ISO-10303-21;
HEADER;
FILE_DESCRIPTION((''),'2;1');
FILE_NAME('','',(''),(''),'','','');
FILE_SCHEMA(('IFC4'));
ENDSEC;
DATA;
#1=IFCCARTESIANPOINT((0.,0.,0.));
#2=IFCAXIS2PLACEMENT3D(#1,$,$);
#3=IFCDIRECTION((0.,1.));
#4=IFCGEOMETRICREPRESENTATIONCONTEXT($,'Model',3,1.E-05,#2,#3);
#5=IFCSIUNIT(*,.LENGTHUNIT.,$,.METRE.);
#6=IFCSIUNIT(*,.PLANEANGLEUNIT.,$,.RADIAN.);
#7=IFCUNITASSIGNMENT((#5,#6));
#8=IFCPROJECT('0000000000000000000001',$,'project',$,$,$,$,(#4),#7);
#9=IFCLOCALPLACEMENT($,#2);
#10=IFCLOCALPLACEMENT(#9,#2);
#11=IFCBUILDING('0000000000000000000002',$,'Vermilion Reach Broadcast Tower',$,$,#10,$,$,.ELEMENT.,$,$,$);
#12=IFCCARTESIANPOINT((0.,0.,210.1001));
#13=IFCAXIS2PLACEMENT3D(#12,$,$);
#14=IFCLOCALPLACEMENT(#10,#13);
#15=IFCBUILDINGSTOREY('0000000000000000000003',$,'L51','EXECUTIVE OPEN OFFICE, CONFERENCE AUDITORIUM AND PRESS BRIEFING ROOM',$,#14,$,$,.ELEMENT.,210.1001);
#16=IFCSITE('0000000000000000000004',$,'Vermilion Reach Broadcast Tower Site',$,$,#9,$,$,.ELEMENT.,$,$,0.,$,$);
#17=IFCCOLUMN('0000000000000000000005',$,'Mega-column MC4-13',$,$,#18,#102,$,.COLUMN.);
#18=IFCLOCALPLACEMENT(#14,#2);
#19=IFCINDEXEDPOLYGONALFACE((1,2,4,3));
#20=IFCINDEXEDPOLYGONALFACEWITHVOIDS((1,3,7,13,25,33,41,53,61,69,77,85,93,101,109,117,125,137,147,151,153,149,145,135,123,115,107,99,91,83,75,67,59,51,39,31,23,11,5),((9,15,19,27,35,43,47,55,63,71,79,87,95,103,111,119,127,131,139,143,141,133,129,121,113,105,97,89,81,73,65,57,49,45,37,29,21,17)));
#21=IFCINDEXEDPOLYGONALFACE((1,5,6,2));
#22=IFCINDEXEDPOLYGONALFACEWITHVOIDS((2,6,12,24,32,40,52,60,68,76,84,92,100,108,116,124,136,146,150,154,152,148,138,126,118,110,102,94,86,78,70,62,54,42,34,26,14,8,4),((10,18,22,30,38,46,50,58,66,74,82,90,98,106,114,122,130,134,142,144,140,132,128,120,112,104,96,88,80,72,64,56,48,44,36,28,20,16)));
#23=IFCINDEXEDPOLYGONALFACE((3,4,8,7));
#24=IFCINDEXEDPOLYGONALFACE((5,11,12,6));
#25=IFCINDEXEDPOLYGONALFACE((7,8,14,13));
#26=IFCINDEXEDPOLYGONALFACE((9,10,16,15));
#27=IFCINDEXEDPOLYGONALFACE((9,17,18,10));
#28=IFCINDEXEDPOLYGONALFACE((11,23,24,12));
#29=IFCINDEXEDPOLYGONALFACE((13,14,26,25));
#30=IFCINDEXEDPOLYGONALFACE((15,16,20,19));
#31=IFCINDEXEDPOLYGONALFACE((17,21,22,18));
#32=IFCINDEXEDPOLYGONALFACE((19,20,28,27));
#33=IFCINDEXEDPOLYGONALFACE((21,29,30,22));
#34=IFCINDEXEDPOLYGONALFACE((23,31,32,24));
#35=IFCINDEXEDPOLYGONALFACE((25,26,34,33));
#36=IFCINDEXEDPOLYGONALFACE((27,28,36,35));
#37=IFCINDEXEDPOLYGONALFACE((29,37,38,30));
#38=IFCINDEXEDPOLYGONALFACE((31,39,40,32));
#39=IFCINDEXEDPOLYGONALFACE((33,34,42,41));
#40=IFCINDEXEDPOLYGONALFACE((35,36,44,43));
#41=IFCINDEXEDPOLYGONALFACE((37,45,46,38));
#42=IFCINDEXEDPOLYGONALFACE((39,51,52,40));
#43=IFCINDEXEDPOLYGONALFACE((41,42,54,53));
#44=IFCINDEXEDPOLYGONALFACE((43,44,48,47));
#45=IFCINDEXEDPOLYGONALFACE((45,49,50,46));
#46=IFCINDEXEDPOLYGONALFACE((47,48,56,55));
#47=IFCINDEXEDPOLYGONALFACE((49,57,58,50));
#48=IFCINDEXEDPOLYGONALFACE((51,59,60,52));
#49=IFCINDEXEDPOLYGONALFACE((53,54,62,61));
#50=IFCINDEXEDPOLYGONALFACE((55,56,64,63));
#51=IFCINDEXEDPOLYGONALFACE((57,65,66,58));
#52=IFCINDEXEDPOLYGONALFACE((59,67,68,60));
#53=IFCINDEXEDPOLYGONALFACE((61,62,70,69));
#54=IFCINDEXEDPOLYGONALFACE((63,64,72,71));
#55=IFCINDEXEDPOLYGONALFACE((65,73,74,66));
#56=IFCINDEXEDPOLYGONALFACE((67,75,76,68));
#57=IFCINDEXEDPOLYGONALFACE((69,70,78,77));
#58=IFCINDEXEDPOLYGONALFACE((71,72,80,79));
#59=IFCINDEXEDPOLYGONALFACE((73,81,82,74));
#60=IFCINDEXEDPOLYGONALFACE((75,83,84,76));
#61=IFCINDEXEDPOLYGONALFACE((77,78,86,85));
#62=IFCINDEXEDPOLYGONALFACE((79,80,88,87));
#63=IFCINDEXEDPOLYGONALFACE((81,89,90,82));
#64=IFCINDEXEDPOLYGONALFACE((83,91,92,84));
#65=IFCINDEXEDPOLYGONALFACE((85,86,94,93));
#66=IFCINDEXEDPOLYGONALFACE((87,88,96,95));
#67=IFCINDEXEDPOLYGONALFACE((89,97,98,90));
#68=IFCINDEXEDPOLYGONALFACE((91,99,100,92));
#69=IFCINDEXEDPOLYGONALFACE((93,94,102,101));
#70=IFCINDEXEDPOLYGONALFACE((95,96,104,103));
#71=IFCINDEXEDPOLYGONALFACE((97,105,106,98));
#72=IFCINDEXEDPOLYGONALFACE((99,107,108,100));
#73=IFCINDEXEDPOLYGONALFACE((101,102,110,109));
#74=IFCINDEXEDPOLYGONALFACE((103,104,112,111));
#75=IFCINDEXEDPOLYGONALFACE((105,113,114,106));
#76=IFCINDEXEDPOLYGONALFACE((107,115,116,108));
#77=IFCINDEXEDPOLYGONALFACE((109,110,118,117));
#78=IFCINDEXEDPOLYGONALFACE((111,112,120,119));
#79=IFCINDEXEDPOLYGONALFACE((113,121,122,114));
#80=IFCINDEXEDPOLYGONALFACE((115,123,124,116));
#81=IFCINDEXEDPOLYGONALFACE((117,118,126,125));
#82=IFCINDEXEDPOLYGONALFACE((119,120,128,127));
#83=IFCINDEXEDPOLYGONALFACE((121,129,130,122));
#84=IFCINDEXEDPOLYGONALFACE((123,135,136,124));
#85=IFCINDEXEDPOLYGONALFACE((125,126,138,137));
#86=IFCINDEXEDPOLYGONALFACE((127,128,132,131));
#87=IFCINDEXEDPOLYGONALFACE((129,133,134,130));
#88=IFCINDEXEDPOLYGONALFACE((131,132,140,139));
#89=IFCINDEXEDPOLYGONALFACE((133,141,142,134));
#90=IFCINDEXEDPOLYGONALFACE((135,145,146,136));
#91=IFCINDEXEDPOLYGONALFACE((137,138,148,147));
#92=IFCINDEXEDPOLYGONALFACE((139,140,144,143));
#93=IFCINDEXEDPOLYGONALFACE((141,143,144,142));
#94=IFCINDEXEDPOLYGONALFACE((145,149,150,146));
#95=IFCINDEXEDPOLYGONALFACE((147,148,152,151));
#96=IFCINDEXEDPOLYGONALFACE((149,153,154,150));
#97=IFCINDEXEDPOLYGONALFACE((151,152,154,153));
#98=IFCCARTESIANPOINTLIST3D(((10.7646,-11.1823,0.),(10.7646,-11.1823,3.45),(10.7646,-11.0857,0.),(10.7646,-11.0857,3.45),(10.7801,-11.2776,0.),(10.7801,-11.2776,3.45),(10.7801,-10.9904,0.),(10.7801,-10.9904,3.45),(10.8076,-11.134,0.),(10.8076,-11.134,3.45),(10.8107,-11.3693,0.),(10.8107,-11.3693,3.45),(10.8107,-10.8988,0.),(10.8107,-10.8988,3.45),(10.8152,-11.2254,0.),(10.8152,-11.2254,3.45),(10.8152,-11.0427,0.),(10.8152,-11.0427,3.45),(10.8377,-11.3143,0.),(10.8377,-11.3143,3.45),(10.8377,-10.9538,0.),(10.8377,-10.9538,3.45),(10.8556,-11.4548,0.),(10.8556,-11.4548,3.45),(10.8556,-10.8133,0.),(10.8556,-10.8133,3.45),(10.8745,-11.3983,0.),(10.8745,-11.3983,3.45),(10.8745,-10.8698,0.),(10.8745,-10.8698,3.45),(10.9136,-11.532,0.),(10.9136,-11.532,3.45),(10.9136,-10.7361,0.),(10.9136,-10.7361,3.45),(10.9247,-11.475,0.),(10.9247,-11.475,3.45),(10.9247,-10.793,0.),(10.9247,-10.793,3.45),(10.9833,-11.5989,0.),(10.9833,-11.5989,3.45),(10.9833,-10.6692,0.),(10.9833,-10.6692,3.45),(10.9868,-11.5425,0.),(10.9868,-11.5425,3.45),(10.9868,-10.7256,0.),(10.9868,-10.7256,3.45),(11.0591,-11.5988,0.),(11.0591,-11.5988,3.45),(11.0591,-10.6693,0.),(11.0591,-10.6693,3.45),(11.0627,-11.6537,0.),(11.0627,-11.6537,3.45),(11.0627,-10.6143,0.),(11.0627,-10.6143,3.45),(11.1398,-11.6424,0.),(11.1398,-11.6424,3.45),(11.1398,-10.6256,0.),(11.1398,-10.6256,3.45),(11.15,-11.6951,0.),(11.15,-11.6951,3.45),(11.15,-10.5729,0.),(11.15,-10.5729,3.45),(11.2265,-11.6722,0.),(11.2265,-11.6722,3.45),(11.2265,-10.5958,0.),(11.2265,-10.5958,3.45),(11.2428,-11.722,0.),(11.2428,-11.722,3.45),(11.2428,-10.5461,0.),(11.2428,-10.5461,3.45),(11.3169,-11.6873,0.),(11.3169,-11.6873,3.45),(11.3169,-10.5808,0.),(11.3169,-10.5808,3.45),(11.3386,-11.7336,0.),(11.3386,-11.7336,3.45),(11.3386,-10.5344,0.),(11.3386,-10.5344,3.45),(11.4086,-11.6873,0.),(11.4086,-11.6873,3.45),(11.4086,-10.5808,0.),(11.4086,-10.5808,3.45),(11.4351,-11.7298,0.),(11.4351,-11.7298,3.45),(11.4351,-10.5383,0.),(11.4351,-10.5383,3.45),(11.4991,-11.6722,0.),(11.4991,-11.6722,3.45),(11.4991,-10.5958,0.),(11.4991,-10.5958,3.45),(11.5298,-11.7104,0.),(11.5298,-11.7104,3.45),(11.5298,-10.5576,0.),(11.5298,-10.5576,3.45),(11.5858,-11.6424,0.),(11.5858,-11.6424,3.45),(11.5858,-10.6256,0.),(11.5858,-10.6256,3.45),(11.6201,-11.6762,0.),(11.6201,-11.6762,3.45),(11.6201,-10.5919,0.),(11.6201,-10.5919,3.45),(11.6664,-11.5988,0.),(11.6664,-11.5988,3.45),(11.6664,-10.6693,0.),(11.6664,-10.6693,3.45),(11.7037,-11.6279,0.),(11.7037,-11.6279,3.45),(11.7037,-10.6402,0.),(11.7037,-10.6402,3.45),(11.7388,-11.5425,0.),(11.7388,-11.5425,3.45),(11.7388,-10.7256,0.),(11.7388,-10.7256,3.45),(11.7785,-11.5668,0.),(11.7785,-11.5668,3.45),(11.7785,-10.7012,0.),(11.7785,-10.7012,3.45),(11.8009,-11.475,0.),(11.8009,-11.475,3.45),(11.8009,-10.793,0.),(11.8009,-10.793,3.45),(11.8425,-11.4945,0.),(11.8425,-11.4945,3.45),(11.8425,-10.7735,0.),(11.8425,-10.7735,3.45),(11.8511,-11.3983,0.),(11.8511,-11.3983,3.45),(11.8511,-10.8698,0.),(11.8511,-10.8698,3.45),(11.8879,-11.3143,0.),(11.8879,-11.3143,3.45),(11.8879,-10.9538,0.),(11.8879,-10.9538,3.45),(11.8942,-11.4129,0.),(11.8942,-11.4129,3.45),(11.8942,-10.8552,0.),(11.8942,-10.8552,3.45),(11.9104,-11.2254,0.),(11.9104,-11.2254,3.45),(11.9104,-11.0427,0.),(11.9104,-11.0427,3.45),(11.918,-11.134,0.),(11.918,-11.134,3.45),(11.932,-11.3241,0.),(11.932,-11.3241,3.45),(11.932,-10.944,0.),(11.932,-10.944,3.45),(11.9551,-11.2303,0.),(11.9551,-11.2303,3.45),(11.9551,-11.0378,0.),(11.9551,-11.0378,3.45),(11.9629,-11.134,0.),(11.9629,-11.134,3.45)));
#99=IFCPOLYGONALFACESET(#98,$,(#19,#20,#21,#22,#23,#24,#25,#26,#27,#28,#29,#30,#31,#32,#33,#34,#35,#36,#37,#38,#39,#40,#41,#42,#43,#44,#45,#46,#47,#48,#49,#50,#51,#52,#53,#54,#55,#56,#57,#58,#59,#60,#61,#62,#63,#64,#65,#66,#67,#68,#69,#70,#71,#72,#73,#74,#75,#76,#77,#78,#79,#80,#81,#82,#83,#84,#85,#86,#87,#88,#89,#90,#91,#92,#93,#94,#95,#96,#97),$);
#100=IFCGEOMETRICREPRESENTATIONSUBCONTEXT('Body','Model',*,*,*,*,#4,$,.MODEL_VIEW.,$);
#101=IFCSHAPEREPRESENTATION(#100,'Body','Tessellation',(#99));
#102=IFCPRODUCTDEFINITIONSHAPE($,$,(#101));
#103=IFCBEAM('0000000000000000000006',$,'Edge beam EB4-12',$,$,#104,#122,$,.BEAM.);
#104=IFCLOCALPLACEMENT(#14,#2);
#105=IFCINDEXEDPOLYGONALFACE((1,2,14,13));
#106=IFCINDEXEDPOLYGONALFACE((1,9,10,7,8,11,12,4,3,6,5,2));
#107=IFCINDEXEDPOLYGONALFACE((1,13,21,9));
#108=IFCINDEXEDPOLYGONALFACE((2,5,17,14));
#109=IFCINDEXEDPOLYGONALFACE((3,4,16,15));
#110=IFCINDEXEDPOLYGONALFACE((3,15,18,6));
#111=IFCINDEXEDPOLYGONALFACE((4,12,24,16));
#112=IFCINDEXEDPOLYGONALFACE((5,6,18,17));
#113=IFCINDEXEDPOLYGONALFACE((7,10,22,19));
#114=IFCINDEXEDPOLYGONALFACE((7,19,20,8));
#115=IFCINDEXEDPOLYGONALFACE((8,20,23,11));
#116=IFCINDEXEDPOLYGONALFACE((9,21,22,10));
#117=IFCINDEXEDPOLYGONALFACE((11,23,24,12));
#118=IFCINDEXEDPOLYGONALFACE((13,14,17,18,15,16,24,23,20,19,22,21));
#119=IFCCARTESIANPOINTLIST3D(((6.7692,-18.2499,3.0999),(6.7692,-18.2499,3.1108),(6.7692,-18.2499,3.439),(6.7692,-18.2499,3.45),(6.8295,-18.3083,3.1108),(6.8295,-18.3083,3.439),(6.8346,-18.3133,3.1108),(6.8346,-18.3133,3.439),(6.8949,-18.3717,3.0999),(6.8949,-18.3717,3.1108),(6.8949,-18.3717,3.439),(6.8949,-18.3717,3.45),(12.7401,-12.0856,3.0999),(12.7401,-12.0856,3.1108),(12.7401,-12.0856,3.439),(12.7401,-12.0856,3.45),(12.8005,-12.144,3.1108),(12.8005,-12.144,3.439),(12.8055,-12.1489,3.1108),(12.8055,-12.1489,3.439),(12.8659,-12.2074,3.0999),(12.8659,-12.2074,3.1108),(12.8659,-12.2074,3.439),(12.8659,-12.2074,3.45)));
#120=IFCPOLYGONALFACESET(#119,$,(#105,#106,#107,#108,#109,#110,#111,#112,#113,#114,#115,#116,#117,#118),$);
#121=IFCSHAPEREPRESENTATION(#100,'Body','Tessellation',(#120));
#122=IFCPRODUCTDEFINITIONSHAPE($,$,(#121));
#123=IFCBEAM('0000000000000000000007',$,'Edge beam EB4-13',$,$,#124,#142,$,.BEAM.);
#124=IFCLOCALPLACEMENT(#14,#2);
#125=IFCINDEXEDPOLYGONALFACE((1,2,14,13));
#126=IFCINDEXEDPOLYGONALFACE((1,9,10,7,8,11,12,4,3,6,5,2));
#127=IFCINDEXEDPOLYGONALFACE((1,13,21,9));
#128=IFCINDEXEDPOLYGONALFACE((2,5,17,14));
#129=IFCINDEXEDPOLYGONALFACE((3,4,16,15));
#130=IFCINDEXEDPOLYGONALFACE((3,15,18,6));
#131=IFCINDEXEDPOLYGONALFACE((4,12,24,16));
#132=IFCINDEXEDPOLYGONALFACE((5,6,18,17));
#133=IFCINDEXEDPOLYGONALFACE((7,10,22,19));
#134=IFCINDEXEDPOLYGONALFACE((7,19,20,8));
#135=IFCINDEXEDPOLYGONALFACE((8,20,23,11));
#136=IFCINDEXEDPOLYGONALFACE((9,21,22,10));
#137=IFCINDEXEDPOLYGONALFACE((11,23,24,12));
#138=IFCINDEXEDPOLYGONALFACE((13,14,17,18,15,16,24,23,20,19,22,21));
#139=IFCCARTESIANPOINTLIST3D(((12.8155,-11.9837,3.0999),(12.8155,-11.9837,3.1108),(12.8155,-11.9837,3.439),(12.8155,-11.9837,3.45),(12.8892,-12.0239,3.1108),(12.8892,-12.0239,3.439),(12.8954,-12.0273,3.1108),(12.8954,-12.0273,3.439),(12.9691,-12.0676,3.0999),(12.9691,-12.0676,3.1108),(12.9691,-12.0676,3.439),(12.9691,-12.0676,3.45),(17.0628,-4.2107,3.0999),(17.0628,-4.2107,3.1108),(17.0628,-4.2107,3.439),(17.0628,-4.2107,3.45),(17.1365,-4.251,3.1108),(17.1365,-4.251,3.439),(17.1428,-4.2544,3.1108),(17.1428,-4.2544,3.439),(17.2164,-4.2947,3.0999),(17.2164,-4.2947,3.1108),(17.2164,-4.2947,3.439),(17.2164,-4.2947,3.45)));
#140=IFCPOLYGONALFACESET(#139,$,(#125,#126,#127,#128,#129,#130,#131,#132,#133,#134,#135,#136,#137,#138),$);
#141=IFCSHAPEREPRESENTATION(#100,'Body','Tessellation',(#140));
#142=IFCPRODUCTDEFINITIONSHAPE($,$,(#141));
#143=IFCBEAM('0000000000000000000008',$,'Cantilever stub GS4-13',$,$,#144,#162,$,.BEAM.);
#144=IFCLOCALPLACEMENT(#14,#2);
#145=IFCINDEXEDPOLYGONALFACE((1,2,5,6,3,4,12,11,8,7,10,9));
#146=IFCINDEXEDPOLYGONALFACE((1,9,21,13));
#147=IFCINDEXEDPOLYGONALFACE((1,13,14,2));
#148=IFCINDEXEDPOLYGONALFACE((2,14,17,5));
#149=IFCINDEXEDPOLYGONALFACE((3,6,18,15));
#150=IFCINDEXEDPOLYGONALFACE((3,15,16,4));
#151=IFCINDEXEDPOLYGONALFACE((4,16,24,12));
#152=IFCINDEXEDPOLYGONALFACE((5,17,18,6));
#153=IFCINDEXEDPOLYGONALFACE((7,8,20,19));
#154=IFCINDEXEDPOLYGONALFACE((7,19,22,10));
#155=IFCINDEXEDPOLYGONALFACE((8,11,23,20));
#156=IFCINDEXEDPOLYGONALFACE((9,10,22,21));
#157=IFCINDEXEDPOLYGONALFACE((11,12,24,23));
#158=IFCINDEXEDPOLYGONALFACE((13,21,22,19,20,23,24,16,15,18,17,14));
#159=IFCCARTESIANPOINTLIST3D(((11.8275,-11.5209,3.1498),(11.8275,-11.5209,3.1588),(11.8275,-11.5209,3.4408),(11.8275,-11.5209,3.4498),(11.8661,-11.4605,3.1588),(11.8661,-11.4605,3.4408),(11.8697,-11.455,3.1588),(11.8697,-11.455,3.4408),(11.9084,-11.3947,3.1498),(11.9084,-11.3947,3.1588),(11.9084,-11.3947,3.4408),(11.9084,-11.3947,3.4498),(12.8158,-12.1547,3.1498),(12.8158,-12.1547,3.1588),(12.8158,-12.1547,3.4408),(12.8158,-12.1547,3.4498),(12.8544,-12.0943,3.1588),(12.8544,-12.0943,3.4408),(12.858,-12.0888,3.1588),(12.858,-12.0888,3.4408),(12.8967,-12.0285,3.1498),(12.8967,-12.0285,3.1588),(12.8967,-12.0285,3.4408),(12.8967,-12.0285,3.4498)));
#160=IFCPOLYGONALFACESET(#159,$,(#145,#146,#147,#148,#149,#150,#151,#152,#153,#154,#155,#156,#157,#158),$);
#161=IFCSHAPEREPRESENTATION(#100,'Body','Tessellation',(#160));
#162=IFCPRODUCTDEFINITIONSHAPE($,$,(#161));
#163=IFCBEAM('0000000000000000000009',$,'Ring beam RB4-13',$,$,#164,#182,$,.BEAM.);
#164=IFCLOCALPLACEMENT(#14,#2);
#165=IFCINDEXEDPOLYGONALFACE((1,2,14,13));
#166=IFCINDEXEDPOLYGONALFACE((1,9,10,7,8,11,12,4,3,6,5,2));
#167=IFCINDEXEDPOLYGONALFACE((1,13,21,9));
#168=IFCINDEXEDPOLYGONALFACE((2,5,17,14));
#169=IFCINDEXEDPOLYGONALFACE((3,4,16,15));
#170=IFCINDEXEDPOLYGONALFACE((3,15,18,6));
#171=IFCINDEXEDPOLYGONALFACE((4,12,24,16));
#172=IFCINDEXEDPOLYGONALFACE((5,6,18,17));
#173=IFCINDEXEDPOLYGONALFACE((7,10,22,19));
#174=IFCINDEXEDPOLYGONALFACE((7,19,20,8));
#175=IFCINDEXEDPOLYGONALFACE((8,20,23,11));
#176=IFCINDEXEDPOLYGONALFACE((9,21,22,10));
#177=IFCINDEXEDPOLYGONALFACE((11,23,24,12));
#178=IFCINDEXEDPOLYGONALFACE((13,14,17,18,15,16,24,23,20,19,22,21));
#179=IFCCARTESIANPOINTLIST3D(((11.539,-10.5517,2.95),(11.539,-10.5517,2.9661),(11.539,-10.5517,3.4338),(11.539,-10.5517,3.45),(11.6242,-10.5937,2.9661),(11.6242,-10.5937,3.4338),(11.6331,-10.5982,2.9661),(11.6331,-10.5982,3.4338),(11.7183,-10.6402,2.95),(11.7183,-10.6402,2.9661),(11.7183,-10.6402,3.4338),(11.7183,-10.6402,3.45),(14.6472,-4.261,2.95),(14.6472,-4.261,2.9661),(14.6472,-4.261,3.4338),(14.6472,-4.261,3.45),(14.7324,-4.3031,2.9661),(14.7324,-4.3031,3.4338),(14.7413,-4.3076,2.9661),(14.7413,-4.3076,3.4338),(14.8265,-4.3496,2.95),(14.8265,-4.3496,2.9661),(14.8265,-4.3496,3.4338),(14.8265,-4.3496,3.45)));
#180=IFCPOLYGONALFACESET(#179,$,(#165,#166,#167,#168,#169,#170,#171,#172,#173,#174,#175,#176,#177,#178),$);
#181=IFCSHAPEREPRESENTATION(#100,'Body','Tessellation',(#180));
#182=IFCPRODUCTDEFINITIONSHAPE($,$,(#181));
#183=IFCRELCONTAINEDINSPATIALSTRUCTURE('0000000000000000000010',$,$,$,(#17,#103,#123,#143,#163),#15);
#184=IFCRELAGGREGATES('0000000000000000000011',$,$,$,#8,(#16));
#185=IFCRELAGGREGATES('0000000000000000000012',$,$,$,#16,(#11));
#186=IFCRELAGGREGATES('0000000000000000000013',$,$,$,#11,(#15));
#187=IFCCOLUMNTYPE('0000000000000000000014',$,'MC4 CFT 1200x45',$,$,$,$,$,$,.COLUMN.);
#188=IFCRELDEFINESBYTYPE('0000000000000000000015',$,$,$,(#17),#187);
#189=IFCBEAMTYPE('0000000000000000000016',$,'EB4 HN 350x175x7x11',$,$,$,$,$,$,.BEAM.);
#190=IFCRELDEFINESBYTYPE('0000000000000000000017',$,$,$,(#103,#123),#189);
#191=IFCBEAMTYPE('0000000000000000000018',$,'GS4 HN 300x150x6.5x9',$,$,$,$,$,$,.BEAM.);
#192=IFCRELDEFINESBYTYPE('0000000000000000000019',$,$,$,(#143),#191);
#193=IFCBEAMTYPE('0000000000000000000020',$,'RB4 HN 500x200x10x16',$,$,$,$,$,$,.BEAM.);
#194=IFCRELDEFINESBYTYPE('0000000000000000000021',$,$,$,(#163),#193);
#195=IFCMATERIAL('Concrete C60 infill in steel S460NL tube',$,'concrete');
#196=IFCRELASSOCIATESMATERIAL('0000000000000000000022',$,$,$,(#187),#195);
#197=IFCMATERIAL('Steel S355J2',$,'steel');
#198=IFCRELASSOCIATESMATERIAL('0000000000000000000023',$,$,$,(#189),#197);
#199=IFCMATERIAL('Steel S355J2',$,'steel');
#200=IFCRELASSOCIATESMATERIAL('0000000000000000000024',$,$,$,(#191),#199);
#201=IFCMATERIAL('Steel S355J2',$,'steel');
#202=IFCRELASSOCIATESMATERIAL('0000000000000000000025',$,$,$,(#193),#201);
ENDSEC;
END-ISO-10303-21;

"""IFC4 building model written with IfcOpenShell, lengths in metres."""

from ifc_helpers import new_model, si_unit, direction, frame, origin, origin_2d, place, context, subcontext, project, spatial, hollow_circle, i_section, extrude, material, material_profile, profile_set, type_object, element, save


model = new_model("IFC4")

# Units and contexts
model_context = context("Model", 3, precision=1e-05, world=origin(), true_north=direction((0.0, 1.0)))
body_context = subcontext(model_context, "Body", "Model", "MODEL_VIEW")
ifc_project = project(units=[si_unit("LENGTHUNIT", "METRE"), si_unit("PLANEANGLEUNIT", "RADIAN")], contexts=[model_context])

# Site, building, storey
site_placement = place(None, origin())
site = spatial("IfcSite", under=ifc_project, at=site_placement, Name="Vermilion Reach Broadcast Tower Site", CompositionType="ELEMENT", RefElevation=0.0)
building_placement = place(site_placement, origin())
building = spatial("IfcBuilding", under=site, at=building_placement, Name="Vermilion Reach Broadcast Tower", CompositionType="ELEMENT")
storey_placement = place(building_placement, frame((0.0, 0.0, 210.1001)))
storey = spatial("IfcBuildingStorey", under=building, at=storey_placement, Name="L51", Description="EXECUTIVE OPEN OFFICE, CONFERENCE AUDITORIUM AND PRESS BRIEFING ROOM", CompositionType="ELEMENT", Elevation=210.1001)

# Column
ifc_material_1 = material(Name="Concrete C60 infill in steel S460NL tube", Category="concrete")
ifc_material_profile_1 = material_profile(ifc_material_1, hollow_circle(Radius=0.6001, WallThickness=0.0449, at=origin_2d()), Name="Concrete C60 infill in steel S460NL tube CFT 1200x45")
ifc_profile_set_1 = profile_set([ifc_material_profile_1], Name="Concrete C60 infill in steel S460NL tube")
column_type = type_object("IfcColumnType", Name="MC4 CFT 1200x45", PredefinedType="COLUMN", material=ifc_profile_set_1)
column_placement = place(storey_placement, frame((11.3628, -11.134, 0.0), z_axis=(0.0, 0.0, 1.0), x_axis=(1.0, 0.0, 0.0)))
element("IfcColumn", 1, at=column_placement, inside=storey, type_object=column_type, Name="Mega-column MC4-13", PredefinedType="COLUMN", context=body_context, shape_type="SweptSolid", body=[
    extrude(hollow_circle(Radius=0.6001, WallThickness=0.0449, at=origin_2d()), origin(), (0.0, 0.0, 1.0), 3.45),
])

# Beams
ifc_material_2 = material(Name="Steel S355J2", Category="steel")
ifc_material_profile_2 = material_profile(ifc_material_2, i_section(OverallWidth=0.175, OverallDepth=0.3501, WebThickness=0.0071, FlangeThickness=0.011, at=origin_2d()), Name="S355J2 HN 350x175x7x11")
ifc_profile_set_2 = profile_set([ifc_material_profile_2], Name="Steel S355J2")
beam_type_1 = type_object("IfcBeamType", Name="EB4 HN 350x175x7x11", PredefinedType="BEAM", material=ifc_profile_set_2)
beam_1_placement = place(storey_placement, frame((6.832, -18.3108, 3.2749), z_axis=(0.695752, 0.718282, 0.0), x_axis=(-0.718282, 0.695752, 0.0)))
element("IfcBeam", 2, at=beam_1_placement, inside=storey, type_object=beam_type_1, Name="Edge beam EB4-12", PredefinedType="BEAM", context=body_context, shape_type="SweptSolid", body=[
    extrude(i_section(OverallWidth=0.175, OverallDepth=0.3501, WebThickness=0.0071, FlangeThickness=0.011, at=origin_2d()), origin(), (0.0, 0.0, 1.0), 8.582),
])
beam_2_placement = place(storey_placement, frame((12.8923, -12.0256, 3.2749), z_axis=(0.479507, 0.877538, 0.0), x_axis=(-0.877538, 0.479507, 0.0)))
element("IfcBeam", 3, at=beam_2_placement, inside=storey, type_object=beam_type_1, Name="Edge beam EB4-13", PredefinedType="BEAM", context=body_context, shape_type="SweptSolid", body=[
    extrude(i_section(OverallWidth=0.175, OverallDepth=0.3501, WebThickness=0.0071, FlangeThickness=0.011, at=origin_2d()), origin(), (0.0, 0.0, 1.0), 8.8577),
])
ifc_material_3 = material(Name="Steel S355J2", Category="steel")
ifc_material_profile_3 = material_profile(ifc_material_3, i_section(OverallWidth=0.1499, OverallDepth=0.3, WebThickness=0.0066, FlangeThickness=0.009, at=origin_2d()), Name="S355J2 HN 300x150x6.5x9")
ifc_profile_set_3 = profile_set([ifc_material_profile_3], Name="Steel S355J2")
beam_type_2 = type_object("IfcBeamType", Name="GS4 HN 300x150x6.5x9", PredefinedType="BEAM", material=ifc_profile_set_3)
beam_3_placement = place(storey_placement, frame((11.8679, -11.4578, 3.2998), z_axis=(0.841773, -0.539832, 0.0), x_axis=(0.539832, 0.841773, 0.0)))
element("IfcBeam", 4, at=beam_3_placement, inside=storey, type_object=beam_type_2, Name="Cantilever stub GS4-13", PredefinedType="BEAM", context=body_context, shape_type="SweptSolid", body=[
    extrude(i_section(OverallWidth=0.1499, OverallDepth=0.3, WebThickness=0.0066, FlangeThickness=0.009, at=origin_2d()), origin(), (0.0, 0.0, 1.0), 1.1741),
])
ifc_material_4 = material(Name="Steel S355J2", Category="steel")
ifc_material_profile_4 = material_profile(ifc_material_4, i_section(OverallWidth=0.2, OverallDepth=0.5, WebThickness=0.01, FlangeThickness=0.0161, at=origin_2d()), Name="S355J2 HN 500x200x10x16")
ifc_profile_set_4 = profile_set([ifc_material_profile_4], Name="Steel S355J2")
beam_type_3 = type_object("IfcBeamType", Name="RB4 HN 500x200x10x16", PredefinedType="BEAM", material=ifc_profile_set_4)
beam_4_placement = place(storey_placement, frame((11.6287, -10.5959, 3.2), z_axis=(0.442977, 0.896533, 0.0), x_axis=(-0.896533, 0.442977, 0.0)))
element("IfcBeam", 5, at=beam_4_placement, inside=storey, type_object=beam_type_3, Name="Ring beam RB4-13", PredefinedType="BEAM", context=body_context, shape_type="SweptSolid", body=[
    extrude(i_section(OverallWidth=0.2, OverallDepth=0.5, WebThickness=0.01, FlangeThickness=0.0161, at=origin_2d()), origin(), (0.0, 0.0, 1.0), 7.0166),
])

save(model, "model.ifc")
